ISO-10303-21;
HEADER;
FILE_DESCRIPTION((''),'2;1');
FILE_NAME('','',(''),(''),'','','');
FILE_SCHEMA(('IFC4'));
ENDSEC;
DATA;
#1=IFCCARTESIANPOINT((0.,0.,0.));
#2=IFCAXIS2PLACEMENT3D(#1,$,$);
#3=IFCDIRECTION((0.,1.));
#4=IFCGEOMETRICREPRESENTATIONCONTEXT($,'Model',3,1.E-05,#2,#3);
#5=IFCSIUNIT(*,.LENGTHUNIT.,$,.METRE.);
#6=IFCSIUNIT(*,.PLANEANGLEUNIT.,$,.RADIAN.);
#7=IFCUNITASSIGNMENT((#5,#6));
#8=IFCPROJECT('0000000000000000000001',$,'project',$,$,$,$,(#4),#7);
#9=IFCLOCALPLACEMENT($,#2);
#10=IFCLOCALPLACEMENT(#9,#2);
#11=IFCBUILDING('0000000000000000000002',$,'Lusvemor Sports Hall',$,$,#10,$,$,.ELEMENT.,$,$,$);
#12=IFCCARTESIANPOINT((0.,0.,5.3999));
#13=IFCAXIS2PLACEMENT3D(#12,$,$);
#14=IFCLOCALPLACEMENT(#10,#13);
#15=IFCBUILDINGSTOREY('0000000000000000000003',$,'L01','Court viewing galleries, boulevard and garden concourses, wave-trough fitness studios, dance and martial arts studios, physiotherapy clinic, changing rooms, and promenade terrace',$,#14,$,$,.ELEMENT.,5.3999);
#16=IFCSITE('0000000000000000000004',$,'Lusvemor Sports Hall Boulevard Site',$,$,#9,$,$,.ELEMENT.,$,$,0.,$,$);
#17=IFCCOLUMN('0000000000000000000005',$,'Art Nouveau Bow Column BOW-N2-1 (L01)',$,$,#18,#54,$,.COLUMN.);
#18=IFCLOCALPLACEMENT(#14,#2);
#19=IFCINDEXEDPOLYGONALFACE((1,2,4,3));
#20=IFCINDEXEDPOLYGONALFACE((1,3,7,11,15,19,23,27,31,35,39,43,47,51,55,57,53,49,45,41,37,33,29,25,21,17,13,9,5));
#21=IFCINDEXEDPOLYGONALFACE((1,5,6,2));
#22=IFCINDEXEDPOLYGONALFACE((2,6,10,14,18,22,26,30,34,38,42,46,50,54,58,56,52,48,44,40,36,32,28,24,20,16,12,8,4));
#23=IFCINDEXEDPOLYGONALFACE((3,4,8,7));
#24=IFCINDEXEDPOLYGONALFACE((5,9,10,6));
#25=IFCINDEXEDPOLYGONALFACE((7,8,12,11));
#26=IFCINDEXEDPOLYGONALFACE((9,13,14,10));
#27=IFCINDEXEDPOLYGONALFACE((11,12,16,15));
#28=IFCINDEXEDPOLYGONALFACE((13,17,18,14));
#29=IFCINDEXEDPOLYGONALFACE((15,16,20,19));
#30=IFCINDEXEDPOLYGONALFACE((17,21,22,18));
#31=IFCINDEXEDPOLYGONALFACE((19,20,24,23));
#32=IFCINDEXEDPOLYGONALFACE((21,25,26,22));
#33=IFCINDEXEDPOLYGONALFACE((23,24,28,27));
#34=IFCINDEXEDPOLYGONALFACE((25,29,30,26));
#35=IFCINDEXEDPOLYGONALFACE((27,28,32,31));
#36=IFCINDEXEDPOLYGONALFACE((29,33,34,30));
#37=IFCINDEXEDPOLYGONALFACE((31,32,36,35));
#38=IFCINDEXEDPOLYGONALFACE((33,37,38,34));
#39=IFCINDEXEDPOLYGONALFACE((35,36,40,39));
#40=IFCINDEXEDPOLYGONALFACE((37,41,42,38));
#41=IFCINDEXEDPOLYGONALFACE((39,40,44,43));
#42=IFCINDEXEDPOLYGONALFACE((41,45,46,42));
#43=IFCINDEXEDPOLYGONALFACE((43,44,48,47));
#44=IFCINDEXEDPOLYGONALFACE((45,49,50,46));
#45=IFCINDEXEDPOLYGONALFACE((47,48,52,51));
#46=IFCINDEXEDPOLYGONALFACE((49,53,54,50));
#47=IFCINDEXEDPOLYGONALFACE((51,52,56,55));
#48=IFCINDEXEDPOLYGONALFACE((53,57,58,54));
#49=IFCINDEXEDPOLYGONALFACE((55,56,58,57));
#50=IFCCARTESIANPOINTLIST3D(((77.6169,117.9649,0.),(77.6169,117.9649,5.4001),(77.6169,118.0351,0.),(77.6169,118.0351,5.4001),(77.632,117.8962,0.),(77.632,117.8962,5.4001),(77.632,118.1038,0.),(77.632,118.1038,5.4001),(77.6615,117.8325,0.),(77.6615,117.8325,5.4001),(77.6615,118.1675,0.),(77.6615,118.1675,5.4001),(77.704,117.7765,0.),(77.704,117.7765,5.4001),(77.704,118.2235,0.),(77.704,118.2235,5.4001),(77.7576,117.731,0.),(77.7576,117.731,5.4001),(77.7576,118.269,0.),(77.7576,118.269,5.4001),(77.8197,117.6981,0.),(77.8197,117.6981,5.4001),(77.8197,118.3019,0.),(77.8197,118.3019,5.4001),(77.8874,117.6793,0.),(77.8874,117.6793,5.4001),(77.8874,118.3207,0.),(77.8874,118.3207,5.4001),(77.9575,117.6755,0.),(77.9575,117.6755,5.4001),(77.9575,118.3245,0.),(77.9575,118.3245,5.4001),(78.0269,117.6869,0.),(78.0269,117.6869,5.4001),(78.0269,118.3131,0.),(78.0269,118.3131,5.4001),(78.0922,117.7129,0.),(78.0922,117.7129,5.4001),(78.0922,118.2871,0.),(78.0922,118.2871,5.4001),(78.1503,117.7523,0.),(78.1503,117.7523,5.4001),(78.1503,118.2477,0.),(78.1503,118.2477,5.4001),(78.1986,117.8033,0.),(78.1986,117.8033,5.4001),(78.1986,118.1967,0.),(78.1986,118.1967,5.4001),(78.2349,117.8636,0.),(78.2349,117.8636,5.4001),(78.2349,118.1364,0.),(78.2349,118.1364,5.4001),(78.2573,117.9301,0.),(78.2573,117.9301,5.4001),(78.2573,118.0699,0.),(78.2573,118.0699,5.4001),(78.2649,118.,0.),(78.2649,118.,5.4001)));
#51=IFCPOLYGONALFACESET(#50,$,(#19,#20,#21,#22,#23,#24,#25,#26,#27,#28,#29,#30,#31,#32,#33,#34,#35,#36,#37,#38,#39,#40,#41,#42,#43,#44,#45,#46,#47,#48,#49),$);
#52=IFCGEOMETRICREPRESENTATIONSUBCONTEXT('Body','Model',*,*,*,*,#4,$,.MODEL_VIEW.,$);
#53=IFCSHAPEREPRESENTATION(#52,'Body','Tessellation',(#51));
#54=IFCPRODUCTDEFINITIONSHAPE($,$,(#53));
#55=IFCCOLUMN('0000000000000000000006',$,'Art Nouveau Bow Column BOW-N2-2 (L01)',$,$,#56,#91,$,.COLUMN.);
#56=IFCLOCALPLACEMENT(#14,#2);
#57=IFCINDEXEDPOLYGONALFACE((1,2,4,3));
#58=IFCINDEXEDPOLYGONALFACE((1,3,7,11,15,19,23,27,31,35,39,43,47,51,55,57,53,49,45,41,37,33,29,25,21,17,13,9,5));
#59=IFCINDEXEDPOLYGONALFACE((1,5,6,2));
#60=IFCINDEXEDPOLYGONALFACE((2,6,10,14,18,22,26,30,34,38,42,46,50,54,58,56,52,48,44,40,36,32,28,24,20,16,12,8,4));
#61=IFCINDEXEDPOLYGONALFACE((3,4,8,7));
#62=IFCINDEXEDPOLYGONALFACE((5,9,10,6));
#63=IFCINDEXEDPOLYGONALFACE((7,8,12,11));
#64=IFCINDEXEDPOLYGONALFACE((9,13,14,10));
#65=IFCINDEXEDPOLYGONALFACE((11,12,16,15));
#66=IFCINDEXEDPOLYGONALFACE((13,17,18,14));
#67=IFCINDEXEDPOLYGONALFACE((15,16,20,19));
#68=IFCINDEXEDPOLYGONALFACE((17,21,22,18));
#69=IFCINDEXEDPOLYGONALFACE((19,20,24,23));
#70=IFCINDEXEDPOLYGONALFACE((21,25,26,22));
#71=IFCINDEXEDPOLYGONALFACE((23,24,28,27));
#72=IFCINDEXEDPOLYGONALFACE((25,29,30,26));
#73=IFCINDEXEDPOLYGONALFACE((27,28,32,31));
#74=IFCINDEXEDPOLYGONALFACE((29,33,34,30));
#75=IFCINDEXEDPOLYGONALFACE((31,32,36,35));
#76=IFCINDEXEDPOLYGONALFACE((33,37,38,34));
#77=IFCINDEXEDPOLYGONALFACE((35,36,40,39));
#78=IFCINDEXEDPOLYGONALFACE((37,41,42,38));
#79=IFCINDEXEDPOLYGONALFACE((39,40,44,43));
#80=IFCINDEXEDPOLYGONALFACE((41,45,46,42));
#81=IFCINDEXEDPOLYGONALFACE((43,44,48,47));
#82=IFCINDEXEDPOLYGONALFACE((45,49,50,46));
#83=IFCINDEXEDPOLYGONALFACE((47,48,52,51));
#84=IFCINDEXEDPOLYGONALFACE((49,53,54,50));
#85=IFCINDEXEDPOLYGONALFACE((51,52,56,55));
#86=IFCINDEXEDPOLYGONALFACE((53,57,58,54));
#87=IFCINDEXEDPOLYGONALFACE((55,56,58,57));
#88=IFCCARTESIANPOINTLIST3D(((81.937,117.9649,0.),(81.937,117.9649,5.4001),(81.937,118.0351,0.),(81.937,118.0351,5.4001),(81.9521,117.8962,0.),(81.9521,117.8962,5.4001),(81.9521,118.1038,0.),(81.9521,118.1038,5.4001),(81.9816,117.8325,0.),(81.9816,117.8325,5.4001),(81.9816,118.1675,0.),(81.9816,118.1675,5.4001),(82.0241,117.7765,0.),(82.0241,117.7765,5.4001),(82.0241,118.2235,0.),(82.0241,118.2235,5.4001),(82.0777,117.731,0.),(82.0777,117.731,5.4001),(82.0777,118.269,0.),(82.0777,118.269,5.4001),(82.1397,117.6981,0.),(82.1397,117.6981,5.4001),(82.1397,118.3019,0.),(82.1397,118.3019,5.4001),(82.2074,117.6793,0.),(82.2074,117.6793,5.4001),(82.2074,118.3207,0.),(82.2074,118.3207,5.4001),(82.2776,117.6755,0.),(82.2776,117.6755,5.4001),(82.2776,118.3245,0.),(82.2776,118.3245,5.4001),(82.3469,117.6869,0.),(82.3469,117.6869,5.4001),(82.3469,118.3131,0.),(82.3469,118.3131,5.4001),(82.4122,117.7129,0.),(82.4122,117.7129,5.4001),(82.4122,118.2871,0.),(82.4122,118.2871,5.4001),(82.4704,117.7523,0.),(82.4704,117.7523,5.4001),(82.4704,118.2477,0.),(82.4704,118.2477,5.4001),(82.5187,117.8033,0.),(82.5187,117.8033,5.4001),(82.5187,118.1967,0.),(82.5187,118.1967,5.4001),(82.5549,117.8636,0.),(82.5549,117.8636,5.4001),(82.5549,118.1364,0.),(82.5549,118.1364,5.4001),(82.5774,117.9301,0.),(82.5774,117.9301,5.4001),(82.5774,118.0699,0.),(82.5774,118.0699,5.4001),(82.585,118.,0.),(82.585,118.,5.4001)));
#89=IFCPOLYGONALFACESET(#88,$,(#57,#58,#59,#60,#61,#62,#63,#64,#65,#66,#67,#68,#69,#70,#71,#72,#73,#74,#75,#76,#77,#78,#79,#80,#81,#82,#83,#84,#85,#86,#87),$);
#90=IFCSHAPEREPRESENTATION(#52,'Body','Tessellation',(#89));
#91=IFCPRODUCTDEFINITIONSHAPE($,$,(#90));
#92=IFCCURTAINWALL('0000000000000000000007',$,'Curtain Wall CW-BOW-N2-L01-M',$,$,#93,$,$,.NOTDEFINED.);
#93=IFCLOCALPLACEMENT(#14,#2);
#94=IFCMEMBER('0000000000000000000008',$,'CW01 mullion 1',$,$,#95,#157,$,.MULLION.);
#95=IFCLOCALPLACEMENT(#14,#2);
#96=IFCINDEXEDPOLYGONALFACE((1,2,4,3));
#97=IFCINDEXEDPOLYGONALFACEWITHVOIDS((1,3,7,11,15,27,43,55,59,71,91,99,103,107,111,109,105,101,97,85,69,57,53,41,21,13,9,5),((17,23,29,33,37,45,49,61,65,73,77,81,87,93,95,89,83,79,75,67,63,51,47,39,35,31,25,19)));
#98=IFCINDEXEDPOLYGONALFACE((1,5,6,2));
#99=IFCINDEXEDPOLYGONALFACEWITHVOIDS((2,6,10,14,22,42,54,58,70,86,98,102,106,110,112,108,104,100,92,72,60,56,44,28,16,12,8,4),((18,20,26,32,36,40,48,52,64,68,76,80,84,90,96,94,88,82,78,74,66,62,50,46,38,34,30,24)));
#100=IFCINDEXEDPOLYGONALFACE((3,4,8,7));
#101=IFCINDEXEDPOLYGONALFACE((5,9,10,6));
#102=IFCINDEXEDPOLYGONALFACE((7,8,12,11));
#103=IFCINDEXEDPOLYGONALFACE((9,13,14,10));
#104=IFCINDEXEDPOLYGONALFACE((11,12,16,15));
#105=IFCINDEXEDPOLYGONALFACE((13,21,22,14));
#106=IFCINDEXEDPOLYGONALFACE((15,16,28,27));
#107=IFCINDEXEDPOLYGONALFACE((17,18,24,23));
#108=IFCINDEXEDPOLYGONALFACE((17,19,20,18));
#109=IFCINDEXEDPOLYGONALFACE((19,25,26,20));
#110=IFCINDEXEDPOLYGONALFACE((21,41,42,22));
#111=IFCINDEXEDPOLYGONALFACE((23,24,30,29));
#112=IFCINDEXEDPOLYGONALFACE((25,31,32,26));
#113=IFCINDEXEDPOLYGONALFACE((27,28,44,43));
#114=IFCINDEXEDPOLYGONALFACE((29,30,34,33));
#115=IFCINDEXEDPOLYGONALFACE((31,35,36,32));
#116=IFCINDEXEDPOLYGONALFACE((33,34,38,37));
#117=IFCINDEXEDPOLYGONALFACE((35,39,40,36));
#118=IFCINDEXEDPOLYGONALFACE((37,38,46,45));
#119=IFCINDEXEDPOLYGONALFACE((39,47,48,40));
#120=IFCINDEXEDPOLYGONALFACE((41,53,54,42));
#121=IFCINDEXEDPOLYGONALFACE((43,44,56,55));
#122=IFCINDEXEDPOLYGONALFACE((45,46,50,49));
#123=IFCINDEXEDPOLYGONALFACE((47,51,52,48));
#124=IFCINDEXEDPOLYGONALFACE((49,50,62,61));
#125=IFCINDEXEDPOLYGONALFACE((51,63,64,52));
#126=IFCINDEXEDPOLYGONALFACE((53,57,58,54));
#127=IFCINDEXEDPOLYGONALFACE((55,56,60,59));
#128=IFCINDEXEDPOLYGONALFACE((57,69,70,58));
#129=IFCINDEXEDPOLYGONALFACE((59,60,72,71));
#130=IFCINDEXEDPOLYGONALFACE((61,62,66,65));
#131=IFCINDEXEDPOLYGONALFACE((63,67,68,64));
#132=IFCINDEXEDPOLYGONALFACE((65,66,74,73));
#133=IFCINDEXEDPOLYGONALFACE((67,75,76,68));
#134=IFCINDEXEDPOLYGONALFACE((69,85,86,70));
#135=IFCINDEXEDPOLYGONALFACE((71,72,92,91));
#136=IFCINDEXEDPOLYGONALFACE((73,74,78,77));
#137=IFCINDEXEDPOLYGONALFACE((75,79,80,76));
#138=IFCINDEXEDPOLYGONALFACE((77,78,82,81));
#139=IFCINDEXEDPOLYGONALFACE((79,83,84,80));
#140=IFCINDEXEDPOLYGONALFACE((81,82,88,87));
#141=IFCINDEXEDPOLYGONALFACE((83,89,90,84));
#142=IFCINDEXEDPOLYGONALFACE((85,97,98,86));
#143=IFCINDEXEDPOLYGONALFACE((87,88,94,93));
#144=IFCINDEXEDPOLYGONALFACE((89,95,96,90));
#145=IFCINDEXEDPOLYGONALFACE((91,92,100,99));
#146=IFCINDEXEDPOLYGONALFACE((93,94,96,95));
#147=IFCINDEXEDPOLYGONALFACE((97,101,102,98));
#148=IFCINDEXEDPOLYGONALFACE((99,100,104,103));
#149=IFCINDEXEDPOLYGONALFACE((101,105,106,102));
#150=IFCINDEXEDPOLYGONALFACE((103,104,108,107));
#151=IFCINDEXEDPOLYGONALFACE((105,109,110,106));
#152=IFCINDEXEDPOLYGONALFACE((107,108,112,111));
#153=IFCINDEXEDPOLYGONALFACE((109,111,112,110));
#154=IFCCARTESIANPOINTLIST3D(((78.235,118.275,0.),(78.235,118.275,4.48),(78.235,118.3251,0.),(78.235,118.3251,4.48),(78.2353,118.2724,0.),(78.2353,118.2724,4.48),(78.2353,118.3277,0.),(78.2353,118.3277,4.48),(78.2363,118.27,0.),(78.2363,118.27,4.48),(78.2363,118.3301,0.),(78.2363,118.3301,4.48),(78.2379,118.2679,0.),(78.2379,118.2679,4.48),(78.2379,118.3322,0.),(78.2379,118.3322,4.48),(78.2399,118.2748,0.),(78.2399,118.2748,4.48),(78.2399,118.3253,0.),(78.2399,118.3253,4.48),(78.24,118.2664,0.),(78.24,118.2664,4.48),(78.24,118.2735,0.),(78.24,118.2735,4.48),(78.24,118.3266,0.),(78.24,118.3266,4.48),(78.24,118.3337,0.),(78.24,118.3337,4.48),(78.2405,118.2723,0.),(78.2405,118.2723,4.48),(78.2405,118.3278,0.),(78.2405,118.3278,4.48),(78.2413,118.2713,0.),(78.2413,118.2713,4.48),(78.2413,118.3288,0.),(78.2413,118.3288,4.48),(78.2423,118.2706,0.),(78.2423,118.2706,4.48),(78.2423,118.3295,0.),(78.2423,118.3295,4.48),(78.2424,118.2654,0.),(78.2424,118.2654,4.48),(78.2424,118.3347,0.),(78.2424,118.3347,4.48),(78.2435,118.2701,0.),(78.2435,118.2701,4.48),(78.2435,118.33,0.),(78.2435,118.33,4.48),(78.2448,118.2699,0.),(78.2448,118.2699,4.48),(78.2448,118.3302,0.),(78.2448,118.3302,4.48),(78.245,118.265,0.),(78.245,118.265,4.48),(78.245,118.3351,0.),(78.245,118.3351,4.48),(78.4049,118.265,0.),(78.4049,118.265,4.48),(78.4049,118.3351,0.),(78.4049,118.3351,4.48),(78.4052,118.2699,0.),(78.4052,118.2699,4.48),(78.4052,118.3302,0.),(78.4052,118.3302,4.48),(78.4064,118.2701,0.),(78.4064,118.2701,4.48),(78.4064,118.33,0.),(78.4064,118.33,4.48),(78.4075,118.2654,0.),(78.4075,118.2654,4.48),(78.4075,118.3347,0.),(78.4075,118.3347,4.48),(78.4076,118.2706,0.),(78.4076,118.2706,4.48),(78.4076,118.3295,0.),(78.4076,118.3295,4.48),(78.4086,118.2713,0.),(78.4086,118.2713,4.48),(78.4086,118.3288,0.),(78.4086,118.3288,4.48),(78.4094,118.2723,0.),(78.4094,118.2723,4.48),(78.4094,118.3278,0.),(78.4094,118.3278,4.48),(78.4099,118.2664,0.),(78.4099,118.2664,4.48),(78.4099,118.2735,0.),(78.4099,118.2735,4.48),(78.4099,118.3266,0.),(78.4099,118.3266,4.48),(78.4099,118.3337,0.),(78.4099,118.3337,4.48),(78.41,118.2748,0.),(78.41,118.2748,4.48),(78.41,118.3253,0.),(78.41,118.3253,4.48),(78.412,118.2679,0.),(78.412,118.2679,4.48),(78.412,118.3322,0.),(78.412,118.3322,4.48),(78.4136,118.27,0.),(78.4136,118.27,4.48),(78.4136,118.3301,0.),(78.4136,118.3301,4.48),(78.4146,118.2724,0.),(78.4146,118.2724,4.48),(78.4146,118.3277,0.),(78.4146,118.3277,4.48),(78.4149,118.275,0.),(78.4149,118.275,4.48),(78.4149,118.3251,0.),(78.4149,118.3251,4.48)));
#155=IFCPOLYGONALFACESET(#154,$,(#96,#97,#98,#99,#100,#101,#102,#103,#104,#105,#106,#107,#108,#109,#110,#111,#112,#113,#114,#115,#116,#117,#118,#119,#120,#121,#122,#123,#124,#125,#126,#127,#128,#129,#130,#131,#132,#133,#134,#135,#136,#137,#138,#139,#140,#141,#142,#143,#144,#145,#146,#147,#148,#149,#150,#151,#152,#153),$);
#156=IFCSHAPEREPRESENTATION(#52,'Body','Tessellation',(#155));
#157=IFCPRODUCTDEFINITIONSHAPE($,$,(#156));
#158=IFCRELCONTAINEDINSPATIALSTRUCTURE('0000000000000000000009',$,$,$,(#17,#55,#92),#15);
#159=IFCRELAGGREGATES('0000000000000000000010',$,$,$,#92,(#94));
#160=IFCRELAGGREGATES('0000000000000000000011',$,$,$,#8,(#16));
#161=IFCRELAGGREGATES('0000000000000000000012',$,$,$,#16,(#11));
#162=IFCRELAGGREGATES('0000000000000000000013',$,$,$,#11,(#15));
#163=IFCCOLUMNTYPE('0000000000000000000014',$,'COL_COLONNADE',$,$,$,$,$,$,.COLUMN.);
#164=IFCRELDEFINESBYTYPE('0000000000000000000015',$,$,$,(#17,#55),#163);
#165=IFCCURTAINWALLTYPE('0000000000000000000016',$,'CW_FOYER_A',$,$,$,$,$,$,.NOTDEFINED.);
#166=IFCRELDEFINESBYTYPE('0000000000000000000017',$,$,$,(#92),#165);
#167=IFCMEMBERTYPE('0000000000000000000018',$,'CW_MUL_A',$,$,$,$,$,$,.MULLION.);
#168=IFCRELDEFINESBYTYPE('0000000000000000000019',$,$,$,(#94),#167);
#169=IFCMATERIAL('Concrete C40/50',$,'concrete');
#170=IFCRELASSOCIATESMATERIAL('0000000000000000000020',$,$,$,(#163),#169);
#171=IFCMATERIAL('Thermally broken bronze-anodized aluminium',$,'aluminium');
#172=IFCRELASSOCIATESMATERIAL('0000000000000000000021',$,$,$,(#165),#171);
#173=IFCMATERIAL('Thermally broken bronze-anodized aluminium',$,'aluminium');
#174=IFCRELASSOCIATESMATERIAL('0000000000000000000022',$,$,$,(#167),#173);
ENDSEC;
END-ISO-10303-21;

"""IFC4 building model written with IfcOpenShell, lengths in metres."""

from ifc_helpers import new_model, si_unit, direction, frame, origin, origin_2d, place, context, subcontext, project, spatial, hollow_rectangle, circle, extrude, material, material_profile, profile_set, type_object, element, aggregate, save


model = new_model("IFC4")

# Units and contexts
model_context = context("Model", 3, precision=1e-05, world=origin(), true_north=direction((0.0, 1.0)))
body_context = subcontext(model_context, "Body", "Model", "MODEL_VIEW")
ifc_project = project(units=[si_unit("LENGTHUNIT", "METRE"), si_unit("PLANEANGLEUNIT", "RADIAN")], contexts=[model_context])

# Site, building, storey
site_placement = place(None, origin())
site = spatial("IfcSite", under=ifc_project, at=site_placement, Name="Lusvemor Sports Hall Boulevard Site", CompositionType="ELEMENT", RefElevation=0.0)
building_placement = place(site_placement, origin())
building = spatial("IfcBuilding", under=site, at=building_placement, Name="Lusvemor Sports Hall", CompositionType="ELEMENT")
storey_placement = place(building_placement, frame((0.0, 0.0, 5.3999)))
storey = spatial("IfcBuildingStorey", under=building, at=storey_placement, Name="L01", Description="Court viewing galleries, boulevard and garden concourses, wave-trough fitness studios, dance and martial arts studios, physiotherapy clinic, changing rooms, and promenade terrace", CompositionType="ELEMENT", Elevation=5.3999)

# Columns
ifc_material_1 = material(Name="Concrete C40/50", Category="concrete")
ifc_material_profile_1 = material_profile(ifc_material_1, circle(Radius=0.325, at=origin_2d()), Name="RCCIRC650")
ifc_profile_set_1 = profile_set([ifc_material_profile_1], Name="Concrete C40/50")
column_type = type_object("IfcColumnType", Name="COL_COLONNADE", PredefinedType="COLUMN", material=ifc_profile_set_1)
for number, where, z_axis, x_axis, name in (
    (1, (77.9399, 118.0, 0.0), (0.0, 0.0, 1.0), (1.0, 0.0, 0.0), "Art Nouveau Bow Column BOW-N2-1 (L01)"),
    (2, (82.26, 118.0, 0.0), (0.0, 0.0, 1.0), (1.0, 0.0, 0.0), "Art Nouveau Bow Column BOW-N2-2 (L01)"),
):
    element("IfcColumn", number, at=place(storey_placement, frame(where, z_axis=z_axis, x_axis=x_axis)), inside=storey, type_object=column_type, Name=name, PredefinedType="COLUMN", context=body_context, shape_type="SweptSolid", body=[
        extrude(circle(Radius=0.325, at=origin_2d()), origin(), (0.0, 0.0, 1.0), 5.4001),
    ])

# Curtain wall, member
ifc_material_2 = material(Name="Thermally broken bronze-anodized aluminium", Category="aluminium")
curtain_wall_type = type_object("IfcCurtainWallType", Name="CW_FOYER_A", PredefinedType="NOTDEFINED", material=ifc_material_2)
curtain_wall_placement = place(storey_placement, origin())
curtain_wall = element("IfcCurtainWall", 3, at=curtain_wall_placement, inside=storey, type_object=curtain_wall_type, Name="Curtain Wall CW-BOW-N2-L01-M", PredefinedType="NOTDEFINED")
ifc_material_3 = material(Name="Thermally broken bronze-anodized aluminium", Category="aluminium")
ifc_material_profile_2 = material_profile(ifc_material_3, hollow_rectangle(XDim=0.0701, YDim=0.1799, WallThickness=0.0049, InnerFilletRadius=0.0049, OuterFilletRadius=0.01, at=origin_2d()), Name="CWMUL180x70x5")
ifc_profile_set_2 = profile_set([ifc_material_profile_2], Name="Thermally broken bronze-anodized aluminium")
member_type_1 = type_object("IfcMemberType", Name="CW_MUL_A", PredefinedType="MULLION", material=ifc_profile_set_2)
member_1_placement = place(storey_placement, frame((78.325, 118.3, 0.0), z_axis=(0.0, 0.0, 1.0), x_axis=(0.0, 1.0, 0.0)))
member_1 = element("IfcMember", 4, at=member_1_placement, type_object=member_type_1, Name="CW01 mullion 1", PredefinedType="MULLION", context=body_context, shape_type="SweptSolid", body=[
    extrude(hollow_rectangle(XDim=0.0701, YDim=0.1799, WallThickness=0.0049, InnerFilletRadius=0.0049, OuterFilletRadius=0.01, at=origin_2d()), origin(), (0.0, 0.0, 1.0), 4.48),
])

aggregate(curtain_wall, [member_1])

save(model, "model.ifc")
